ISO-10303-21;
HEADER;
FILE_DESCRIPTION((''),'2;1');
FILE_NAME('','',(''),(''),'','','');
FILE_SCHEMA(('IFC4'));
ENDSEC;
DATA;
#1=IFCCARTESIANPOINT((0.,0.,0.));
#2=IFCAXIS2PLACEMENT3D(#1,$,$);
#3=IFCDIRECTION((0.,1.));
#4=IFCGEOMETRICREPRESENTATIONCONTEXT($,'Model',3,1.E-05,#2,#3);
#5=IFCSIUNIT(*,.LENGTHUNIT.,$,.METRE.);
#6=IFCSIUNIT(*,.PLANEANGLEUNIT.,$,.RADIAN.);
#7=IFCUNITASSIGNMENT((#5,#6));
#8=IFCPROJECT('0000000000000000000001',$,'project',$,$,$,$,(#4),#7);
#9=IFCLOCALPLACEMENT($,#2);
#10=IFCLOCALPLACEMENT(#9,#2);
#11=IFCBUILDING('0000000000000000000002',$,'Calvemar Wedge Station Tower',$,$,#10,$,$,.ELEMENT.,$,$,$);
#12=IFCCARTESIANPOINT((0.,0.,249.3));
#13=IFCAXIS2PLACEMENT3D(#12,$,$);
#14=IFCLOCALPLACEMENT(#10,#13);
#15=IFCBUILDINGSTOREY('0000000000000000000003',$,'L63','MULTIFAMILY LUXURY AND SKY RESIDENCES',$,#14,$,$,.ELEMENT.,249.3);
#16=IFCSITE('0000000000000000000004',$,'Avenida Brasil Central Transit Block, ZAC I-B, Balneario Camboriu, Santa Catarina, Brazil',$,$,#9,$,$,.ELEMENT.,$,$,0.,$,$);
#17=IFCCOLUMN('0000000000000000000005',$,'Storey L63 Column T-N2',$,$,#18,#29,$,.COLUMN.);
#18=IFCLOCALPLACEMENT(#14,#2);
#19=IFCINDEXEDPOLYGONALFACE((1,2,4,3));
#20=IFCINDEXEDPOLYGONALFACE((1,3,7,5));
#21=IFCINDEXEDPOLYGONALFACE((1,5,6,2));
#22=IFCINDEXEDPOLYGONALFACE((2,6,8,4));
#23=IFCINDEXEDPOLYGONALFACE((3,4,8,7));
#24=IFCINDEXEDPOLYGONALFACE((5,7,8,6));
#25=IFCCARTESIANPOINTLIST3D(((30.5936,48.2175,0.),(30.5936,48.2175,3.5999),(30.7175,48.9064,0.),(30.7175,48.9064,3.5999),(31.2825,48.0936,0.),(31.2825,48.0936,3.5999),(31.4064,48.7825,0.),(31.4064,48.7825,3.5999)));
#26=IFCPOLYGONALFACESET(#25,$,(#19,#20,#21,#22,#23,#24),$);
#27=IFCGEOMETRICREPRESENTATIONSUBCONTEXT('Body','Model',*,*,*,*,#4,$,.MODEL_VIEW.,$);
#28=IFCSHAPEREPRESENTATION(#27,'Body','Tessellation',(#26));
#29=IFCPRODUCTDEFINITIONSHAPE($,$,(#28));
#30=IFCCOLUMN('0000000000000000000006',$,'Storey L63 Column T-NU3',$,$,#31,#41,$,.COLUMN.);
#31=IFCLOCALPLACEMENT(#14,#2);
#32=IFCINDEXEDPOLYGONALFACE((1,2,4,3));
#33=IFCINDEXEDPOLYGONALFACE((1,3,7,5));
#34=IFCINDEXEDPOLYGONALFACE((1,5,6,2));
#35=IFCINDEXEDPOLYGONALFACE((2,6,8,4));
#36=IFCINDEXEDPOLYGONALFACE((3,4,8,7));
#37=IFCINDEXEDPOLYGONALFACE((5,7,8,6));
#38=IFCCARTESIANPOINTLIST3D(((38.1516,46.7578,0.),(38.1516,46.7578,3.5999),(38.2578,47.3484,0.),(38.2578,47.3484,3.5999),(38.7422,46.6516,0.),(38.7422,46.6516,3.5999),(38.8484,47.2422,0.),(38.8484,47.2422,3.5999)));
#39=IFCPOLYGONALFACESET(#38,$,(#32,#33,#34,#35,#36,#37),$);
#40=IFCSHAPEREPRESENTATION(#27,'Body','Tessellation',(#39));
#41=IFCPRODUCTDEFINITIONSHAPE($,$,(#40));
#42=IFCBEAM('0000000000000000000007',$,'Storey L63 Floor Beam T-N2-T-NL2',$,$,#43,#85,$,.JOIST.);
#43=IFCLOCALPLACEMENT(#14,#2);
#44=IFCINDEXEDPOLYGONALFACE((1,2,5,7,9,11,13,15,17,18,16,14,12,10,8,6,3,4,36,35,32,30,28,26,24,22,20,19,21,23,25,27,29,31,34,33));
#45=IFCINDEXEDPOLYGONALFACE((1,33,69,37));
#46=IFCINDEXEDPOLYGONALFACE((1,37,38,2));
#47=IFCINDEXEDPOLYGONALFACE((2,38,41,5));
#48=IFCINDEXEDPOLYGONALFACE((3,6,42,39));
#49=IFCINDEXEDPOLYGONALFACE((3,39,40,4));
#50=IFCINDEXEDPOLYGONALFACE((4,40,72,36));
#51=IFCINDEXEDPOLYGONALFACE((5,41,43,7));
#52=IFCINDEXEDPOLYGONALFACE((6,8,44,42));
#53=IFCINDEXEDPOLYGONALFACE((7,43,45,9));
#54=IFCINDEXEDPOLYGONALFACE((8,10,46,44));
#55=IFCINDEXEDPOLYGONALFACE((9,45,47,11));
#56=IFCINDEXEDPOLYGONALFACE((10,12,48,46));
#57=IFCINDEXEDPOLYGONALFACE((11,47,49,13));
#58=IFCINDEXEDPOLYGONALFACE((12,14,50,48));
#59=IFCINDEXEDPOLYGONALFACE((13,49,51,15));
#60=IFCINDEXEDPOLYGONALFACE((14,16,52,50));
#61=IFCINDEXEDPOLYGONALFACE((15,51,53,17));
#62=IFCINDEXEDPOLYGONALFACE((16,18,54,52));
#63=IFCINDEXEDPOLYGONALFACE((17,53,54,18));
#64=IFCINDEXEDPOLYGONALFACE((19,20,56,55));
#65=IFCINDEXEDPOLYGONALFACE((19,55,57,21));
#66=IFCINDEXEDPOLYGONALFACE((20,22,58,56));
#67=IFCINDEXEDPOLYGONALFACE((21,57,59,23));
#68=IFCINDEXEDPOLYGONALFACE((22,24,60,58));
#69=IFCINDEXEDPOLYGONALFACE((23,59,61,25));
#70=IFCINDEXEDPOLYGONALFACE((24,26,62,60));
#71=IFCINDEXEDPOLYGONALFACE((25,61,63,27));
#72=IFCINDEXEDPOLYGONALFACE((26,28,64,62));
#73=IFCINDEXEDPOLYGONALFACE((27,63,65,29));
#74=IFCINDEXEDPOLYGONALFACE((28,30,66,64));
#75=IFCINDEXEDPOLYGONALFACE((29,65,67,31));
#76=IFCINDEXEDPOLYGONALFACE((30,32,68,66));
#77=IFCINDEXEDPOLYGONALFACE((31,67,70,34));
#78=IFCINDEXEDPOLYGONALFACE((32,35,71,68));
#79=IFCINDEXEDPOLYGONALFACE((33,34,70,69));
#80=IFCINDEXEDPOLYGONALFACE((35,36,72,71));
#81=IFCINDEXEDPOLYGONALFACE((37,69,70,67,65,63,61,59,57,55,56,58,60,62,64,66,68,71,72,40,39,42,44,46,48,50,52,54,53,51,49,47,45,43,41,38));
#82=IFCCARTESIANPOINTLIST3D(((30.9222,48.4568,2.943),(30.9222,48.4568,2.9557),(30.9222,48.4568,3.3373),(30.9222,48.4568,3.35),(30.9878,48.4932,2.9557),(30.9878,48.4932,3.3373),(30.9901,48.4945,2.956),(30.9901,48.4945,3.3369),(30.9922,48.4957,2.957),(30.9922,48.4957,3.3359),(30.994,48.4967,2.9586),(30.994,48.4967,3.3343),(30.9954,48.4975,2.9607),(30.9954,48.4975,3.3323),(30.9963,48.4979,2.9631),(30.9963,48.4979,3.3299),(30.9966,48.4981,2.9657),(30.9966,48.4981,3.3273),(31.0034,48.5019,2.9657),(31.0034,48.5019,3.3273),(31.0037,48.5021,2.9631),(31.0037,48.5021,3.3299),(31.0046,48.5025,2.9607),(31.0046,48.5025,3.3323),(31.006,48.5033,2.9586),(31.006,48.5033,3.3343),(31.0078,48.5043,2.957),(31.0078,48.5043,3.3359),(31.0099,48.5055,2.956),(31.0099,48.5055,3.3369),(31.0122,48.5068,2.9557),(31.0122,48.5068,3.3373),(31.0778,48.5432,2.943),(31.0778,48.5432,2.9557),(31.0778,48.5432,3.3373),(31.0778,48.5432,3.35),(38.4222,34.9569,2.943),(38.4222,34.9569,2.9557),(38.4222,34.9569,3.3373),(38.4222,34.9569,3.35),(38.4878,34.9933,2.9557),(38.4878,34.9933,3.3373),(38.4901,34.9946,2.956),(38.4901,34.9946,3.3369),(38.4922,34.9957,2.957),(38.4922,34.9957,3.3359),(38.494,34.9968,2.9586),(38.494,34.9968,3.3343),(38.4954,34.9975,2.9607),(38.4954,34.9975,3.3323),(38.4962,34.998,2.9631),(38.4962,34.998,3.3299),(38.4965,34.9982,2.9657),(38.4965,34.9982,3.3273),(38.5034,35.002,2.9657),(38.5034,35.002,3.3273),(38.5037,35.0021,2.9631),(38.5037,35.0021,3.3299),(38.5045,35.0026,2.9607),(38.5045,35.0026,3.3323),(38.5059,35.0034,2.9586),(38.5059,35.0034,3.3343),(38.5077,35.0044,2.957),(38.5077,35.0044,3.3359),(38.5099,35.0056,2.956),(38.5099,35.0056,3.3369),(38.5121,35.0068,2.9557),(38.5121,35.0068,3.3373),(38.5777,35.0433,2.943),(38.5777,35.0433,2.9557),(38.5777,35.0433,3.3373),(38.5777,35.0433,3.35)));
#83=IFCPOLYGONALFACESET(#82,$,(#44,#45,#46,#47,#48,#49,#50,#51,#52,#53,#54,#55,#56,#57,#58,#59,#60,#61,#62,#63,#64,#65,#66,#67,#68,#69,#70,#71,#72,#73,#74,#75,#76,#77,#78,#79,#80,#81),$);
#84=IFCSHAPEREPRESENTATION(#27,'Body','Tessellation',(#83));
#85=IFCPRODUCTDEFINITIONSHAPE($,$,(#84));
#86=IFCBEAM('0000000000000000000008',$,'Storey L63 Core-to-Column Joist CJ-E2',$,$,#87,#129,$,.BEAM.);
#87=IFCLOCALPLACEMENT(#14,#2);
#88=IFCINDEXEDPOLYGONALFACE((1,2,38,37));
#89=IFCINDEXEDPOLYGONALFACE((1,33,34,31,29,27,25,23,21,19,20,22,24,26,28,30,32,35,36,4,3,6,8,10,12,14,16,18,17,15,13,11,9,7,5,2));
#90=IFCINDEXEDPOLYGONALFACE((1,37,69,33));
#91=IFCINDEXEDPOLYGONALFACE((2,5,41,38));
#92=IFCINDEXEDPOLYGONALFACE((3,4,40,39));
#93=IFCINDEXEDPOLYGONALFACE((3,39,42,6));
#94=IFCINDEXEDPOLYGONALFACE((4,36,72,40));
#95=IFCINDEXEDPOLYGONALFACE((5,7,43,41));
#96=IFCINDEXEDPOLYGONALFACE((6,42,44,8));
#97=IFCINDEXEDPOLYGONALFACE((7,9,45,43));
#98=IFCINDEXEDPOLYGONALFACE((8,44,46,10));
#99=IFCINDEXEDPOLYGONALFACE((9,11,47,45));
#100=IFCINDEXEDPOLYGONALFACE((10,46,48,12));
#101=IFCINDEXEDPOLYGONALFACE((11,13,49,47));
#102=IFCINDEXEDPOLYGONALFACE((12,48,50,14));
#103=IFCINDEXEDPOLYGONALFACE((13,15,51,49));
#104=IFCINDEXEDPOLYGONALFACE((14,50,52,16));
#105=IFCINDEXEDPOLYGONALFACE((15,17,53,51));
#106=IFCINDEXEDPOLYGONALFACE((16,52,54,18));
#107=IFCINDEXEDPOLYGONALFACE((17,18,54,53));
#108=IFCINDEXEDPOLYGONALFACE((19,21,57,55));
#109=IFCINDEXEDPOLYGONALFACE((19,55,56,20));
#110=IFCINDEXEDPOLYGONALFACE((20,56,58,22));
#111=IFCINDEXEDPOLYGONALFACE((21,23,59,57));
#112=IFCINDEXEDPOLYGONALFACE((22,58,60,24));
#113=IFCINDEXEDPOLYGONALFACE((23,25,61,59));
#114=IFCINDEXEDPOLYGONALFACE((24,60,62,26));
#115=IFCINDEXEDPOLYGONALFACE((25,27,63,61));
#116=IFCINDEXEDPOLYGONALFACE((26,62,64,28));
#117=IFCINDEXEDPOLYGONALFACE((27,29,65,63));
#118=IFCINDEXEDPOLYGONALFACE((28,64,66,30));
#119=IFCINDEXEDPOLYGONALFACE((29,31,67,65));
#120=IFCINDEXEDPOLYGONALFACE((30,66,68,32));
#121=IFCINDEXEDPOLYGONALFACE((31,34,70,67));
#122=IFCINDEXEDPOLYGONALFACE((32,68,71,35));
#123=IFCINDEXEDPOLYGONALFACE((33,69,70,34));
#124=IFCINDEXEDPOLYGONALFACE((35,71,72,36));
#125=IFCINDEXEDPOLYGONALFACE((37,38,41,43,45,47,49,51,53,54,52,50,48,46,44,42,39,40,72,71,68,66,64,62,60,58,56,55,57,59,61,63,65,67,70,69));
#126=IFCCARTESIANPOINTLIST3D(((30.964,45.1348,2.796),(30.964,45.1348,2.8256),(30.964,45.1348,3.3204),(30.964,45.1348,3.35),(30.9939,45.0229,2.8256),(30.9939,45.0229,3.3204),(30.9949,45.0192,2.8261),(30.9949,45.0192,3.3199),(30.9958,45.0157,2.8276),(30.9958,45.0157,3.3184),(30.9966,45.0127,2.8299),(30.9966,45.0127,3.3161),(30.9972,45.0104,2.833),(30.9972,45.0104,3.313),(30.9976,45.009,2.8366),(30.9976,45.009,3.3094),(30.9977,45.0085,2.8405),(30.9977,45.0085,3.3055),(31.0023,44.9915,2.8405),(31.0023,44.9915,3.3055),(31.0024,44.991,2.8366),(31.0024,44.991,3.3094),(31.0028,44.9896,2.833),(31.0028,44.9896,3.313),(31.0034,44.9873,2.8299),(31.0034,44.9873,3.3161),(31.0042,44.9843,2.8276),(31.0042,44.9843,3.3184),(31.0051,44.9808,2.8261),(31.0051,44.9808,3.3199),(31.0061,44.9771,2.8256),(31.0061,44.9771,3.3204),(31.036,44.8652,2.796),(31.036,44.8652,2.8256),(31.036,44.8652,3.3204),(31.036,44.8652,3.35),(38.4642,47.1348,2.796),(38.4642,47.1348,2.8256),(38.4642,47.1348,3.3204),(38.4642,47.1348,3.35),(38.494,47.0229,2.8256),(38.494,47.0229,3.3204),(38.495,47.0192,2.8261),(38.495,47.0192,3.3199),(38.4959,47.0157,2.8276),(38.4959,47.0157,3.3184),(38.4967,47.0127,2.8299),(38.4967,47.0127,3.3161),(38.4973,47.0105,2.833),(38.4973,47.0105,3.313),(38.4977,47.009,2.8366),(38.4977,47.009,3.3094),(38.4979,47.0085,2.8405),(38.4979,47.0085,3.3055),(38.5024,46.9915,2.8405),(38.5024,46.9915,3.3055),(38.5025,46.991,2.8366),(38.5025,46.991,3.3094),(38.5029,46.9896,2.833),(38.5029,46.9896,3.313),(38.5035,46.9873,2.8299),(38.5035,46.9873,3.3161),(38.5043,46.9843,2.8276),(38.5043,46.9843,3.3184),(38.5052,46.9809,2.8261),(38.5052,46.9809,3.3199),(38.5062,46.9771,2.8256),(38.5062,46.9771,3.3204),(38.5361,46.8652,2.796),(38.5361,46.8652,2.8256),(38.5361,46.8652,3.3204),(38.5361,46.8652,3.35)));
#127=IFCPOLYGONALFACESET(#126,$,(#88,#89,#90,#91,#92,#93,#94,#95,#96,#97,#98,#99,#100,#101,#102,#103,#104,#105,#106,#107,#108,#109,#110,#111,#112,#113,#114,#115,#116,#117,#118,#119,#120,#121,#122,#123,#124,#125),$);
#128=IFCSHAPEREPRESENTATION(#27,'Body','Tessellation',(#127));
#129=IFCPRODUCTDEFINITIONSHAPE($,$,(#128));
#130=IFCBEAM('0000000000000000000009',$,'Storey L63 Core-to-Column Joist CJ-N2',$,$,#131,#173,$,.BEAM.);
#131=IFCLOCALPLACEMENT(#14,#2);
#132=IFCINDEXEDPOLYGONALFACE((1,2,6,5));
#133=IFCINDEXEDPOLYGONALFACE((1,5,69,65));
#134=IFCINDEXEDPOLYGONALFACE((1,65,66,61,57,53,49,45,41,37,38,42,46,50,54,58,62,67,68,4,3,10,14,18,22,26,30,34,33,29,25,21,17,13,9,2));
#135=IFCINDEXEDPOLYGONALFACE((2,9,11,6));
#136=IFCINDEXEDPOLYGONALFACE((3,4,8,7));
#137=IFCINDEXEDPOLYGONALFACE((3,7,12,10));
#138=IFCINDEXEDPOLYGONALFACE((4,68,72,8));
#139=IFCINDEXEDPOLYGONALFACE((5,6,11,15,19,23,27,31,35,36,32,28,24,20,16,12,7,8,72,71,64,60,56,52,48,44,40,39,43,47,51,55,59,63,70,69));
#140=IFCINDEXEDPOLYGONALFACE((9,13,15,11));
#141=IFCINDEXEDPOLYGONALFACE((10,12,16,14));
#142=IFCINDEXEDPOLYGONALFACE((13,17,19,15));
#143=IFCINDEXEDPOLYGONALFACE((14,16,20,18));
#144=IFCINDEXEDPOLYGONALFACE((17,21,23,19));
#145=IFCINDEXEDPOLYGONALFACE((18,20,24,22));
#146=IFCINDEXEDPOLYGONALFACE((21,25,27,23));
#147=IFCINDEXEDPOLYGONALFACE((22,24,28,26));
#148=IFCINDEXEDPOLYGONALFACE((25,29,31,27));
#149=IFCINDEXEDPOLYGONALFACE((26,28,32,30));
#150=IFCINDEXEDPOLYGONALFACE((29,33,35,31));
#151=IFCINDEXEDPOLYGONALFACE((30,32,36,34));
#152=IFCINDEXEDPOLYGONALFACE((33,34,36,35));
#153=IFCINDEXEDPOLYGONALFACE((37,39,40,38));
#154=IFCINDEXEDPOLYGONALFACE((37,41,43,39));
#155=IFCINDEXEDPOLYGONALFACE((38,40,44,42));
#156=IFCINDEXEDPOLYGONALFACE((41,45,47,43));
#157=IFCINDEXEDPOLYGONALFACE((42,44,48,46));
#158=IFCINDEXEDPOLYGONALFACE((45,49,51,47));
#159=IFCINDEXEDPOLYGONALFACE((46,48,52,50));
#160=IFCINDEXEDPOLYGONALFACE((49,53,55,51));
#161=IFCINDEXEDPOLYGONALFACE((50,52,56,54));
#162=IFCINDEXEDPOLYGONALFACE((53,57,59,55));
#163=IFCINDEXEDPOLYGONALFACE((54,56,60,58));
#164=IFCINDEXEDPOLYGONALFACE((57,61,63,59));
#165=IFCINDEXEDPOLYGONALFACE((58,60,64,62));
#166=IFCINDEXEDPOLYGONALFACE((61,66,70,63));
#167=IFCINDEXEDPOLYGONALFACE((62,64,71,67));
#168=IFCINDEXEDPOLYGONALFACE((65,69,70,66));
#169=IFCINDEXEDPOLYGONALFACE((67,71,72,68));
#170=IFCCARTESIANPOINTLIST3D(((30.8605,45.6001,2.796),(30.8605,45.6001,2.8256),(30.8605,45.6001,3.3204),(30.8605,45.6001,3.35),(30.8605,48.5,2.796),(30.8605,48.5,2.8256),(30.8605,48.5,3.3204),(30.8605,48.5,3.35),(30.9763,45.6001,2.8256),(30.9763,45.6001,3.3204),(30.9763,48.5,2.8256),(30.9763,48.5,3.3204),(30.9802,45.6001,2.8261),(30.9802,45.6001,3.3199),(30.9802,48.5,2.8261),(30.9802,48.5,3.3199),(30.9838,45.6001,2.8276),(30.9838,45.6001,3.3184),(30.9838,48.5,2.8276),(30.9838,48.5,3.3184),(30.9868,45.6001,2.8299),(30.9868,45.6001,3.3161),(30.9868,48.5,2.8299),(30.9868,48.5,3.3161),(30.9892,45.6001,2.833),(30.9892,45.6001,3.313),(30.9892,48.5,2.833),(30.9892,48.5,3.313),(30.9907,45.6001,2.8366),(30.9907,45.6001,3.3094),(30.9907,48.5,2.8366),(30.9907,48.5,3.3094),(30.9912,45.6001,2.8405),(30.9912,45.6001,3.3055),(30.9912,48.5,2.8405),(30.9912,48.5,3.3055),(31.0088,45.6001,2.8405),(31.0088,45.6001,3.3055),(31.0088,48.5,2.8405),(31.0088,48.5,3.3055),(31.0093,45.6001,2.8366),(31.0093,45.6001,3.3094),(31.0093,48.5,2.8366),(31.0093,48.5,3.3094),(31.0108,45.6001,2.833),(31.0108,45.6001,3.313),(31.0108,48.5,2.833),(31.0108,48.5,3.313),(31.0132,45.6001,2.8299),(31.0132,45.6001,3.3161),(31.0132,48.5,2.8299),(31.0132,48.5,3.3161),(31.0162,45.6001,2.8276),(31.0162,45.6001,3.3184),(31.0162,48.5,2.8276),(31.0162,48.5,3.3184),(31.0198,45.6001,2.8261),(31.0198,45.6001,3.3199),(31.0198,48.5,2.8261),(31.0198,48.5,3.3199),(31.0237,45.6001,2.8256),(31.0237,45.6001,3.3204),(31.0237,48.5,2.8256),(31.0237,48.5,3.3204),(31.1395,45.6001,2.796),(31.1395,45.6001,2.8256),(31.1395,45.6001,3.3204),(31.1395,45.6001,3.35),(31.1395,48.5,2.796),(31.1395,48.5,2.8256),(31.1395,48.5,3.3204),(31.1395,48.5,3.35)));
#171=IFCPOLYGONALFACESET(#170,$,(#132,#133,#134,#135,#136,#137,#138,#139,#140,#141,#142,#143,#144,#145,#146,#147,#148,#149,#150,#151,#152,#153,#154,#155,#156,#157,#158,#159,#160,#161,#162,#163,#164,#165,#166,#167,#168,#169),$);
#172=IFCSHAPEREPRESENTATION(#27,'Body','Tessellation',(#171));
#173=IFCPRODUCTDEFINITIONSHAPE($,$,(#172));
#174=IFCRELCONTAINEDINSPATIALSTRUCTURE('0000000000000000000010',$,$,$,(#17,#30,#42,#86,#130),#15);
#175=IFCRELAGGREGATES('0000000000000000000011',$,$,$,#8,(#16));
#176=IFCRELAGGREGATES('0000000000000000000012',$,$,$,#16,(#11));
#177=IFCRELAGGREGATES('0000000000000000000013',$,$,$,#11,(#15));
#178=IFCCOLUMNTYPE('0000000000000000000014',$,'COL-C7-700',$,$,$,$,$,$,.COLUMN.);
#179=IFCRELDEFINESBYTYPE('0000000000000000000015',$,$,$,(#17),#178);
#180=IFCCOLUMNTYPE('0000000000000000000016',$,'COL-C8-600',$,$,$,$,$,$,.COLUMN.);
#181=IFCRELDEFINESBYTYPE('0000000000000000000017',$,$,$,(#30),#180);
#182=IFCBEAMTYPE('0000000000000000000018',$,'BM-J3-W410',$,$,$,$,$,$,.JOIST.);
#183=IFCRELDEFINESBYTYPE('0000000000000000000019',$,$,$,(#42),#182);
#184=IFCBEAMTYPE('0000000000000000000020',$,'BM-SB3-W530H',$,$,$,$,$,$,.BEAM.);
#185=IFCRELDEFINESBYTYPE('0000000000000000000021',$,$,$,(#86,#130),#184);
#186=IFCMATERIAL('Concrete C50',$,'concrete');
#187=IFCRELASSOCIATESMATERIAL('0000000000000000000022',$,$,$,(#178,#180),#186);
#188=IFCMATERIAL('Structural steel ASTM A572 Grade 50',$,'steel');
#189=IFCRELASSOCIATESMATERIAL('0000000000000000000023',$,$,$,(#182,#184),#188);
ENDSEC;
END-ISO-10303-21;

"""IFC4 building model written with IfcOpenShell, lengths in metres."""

from ifc_helpers import new_model, si_unit, direction, frame, origin, origin_2d, place, context, subcontext, project, spatial, rectangle, i_section, extrude, source, transform, mapped, material, material_profile, profile_set, type_object, element, save


model = new_model("IFC4")

# Units and contexts
model_context = context("Model", 3, precision=1e-05, world=origin(), true_north=direction((0.0, 1.0)))
body_context = subcontext(model_context, "Body", "Model", "MODEL_VIEW")
ifc_project = project(units=[si_unit("LENGTHUNIT", "METRE"), si_unit("PLANEANGLEUNIT", "RADIAN")], contexts=[model_context])

# Site, building, storey
site_placement = place(None, origin())
site = spatial("IfcSite", under=ifc_project, at=site_placement, Name="Avenida Brasil Central Transit Block, ZAC I-B, Balneario Camboriu, Santa Catarina, Brazil", CompositionType="ELEMENT", RefElevation=0.0)
building_placement = place(site_placement, origin())
building = spatial("IfcBuilding", under=site, at=building_placement, Name="Calvemar Wedge Station Tower", CompositionType="ELEMENT")
storey_placement = place(building_placement, frame((0.0, 0.0, 249.3)))
storey = spatial("IfcBuildingStorey", under=building, at=storey_placement, Name="L63", Description="MULTIFAMILY LUXURY AND SKY RESIDENCES", CompositionType="ELEMENT", Elevation=249.3)

# Columns
ifc_material_1 = material(Name="Concrete C50", Category="concrete")
ifc_material_profile_1 = material_profile(ifc_material_1, rectangle(XDim=0.7, YDim=0.7, at=origin_2d()), Name="RC700x700")
ifc_profile_set_1 = profile_set([ifc_material_profile_1], Name="Concrete C50")
column_type_1 = type_object("IfcColumnType", Name="COL-C7-700", PredefinedType="COLUMN", material=ifc_profile_set_1)
shared_shape_1 = source(origin(), body_context, "Body", "SweptSolid", [
    extrude(rectangle(XDim=0.7, YDim=0.7, at=origin_2d()), origin(), (0.0, 0.0, 1.0), 3.5999),
])
column_1_placement = place(storey_placement, frame((31.0, 48.5, 0.0), z_axis=(0.0, 0.0, 1.0), x_axis=(0.984196, -0.177085, 0.0)))
element("IfcColumn", 1, at=column_1_placement, inside=storey, type_object=column_type_1, Name="Storey L63 Column T-N2", PredefinedType="COLUMN", context=body_context, shape_type="MappedRepresentation", body=[
    mapped(shared_shape_1, transform((0.0, 0.0, 0.0), scale=1.0)),
])
ifc_material_profile_2 = material_profile(ifc_material_1, rectangle(XDim=0.6001, YDim=0.6001, at=origin_2d()), Name="RC600x600")
ifc_profile_set_2 = profile_set([ifc_material_profile_2], Name="Concrete C50")
column_type_2 = type_object("IfcColumnType", Name="COL-C8-600", PredefinedType="COLUMN", material=ifc_profile_set_2)
shared_shape_2 = source(origin(), body_context, "Body", "SweptSolid", [
    extrude(rectangle(XDim=0.6001, YDim=0.6001, at=origin_2d()), origin(), (0.0, 0.0, 1.0), 3.5999),
])
column_2_placement = place(storey_placement, frame((38.5, 47.0, 0.0), z_axis=(0.0, 0.0, 1.0), x_axis=(0.984196, -0.177085, 0.0)))
element("IfcColumn", 2, at=column_2_placement, inside=storey, type_object=column_type_2, Name="Storey L63 Column T-NU3", PredefinedType="COLUMN", context=body_context, shape_type="MappedRepresentation", body=[
    mapped(shared_shape_2, transform((0.0, 0.0, 0.0), scale=1.0)),
])

# Beams
ifc_material_2 = material(Name="Structural steel ASTM A572 Grade 50", Category="steel")
ifc_material_profile_3 = material_profile(ifc_material_2, i_section(OverallWidth=0.178, OverallDepth=0.407, WebThickness=0.0078, FlangeThickness=0.0127, FilletRadius=0.01, at=origin_2d()), Name="W410x60")
ifc_profile_set_3 = profile_set([ifc_material_profile_3], Name="Structural steel ASTM A572 Grade 50")
beam_type_1 = type_object("IfcBeamType", Name="BM-J3-W410", PredefinedType="JOIST", material=ifc_profile_set_3)
shared_shape_3 = source(origin(), body_context, "Body", "SweptSolid", [
    extrude(i_section(OverallWidth=0.178, OverallDepth=0.407, WebThickness=0.0078, FlangeThickness=0.0127, FilletRadius=0.01, at=origin_2d()), origin(), (0.0, 0.0, 1.0), 15.4434),
])
beam_1_placement = place(storey_placement, frame((31.0, 48.5, 3.1465), z_axis=(0.485643, -0.874157, 0.0), x_axis=(0.874157, 0.485643, 0.0)))
element("IfcBeam", 3, at=beam_1_placement, inside=storey, type_object=beam_type_1, Name="Storey L63 Floor Beam T-N2-T-NL2", PredefinedType="JOIST", context=body_context, shape_type="MappedRepresentation", body=[
    mapped(shared_shape_3, transform((0.0, 0.0, 0.0), scale=1.0)),
])
ifc_material_profile_4 = material_profile(ifc_material_2, i_section(OverallWidth=0.2791, OverallDepth=0.554, WebThickness=0.0176, FlangeThickness=0.0295, FilletRadius=0.0149, at=origin_2d()), Name="W530x196")
ifc_profile_set_4 = profile_set([ifc_material_profile_4], Name="Structural steel ASTM A572 Grade 50")
beam_type_2 = type_object("IfcBeamType", Name="BM-SB3-W530H", PredefinedType="BEAM", material=ifc_profile_set_4)
shared_shape_4 = source(origin(), body_context, "Body", "SweptSolid", [
    extrude(i_section(OverallWidth=0.2791, OverallDepth=0.554, WebThickness=0.0176, FlangeThickness=0.0295, FilletRadius=0.0149, at=origin_2d()), origin(), (0.0, 0.0, 1.0), 7.7622),
])
beam_2_placement = place(storey_placement, frame((31.0, 45.0, 3.073), z_axis=(0.966235, 0.257663, 0.0), x_axis=(-0.257663, 0.966235, 0.0)))
element("IfcBeam", 4, at=beam_2_placement, inside=storey, type_object=beam_type_2, Name="Storey L63 Core-to-Column Joist CJ-E2", PredefinedType="BEAM", context=body_context, shape_type="MappedRepresentation", body=[
    mapped(shared_shape_4, transform((0.0, 0.0, 0.0), scale=1.0)),
])
shared_shape_5 = source(origin(), body_context, "Body", "SweptSolid", [
    extrude(i_section(OverallWidth=0.2791, OverallDepth=0.554, WebThickness=0.0176, FlangeThickness=0.0295, FilletRadius=0.0149, at=origin_2d()), origin(), (0.0, 0.0, 1.0), 2.8999),
])
beam_3_placement = place(storey_placement, frame((31.0, 45.6001, 3.073), z_axis=(0.0, 1.0, 0.0), x_axis=(-1.0, 0.0, 0.0)))
element("IfcBeam", 5, at=beam_3_placement, inside=storey, type_object=beam_type_2, Name="Storey L63 Core-to-Column Joist CJ-N2", PredefinedType="BEAM", context=body_context, shape_type="MappedRepresentation", body=[
    mapped(shared_shape_5, transform((0.0, 0.0, 0.0), scale=1.0)),
])

save(model, "model.ifc")
